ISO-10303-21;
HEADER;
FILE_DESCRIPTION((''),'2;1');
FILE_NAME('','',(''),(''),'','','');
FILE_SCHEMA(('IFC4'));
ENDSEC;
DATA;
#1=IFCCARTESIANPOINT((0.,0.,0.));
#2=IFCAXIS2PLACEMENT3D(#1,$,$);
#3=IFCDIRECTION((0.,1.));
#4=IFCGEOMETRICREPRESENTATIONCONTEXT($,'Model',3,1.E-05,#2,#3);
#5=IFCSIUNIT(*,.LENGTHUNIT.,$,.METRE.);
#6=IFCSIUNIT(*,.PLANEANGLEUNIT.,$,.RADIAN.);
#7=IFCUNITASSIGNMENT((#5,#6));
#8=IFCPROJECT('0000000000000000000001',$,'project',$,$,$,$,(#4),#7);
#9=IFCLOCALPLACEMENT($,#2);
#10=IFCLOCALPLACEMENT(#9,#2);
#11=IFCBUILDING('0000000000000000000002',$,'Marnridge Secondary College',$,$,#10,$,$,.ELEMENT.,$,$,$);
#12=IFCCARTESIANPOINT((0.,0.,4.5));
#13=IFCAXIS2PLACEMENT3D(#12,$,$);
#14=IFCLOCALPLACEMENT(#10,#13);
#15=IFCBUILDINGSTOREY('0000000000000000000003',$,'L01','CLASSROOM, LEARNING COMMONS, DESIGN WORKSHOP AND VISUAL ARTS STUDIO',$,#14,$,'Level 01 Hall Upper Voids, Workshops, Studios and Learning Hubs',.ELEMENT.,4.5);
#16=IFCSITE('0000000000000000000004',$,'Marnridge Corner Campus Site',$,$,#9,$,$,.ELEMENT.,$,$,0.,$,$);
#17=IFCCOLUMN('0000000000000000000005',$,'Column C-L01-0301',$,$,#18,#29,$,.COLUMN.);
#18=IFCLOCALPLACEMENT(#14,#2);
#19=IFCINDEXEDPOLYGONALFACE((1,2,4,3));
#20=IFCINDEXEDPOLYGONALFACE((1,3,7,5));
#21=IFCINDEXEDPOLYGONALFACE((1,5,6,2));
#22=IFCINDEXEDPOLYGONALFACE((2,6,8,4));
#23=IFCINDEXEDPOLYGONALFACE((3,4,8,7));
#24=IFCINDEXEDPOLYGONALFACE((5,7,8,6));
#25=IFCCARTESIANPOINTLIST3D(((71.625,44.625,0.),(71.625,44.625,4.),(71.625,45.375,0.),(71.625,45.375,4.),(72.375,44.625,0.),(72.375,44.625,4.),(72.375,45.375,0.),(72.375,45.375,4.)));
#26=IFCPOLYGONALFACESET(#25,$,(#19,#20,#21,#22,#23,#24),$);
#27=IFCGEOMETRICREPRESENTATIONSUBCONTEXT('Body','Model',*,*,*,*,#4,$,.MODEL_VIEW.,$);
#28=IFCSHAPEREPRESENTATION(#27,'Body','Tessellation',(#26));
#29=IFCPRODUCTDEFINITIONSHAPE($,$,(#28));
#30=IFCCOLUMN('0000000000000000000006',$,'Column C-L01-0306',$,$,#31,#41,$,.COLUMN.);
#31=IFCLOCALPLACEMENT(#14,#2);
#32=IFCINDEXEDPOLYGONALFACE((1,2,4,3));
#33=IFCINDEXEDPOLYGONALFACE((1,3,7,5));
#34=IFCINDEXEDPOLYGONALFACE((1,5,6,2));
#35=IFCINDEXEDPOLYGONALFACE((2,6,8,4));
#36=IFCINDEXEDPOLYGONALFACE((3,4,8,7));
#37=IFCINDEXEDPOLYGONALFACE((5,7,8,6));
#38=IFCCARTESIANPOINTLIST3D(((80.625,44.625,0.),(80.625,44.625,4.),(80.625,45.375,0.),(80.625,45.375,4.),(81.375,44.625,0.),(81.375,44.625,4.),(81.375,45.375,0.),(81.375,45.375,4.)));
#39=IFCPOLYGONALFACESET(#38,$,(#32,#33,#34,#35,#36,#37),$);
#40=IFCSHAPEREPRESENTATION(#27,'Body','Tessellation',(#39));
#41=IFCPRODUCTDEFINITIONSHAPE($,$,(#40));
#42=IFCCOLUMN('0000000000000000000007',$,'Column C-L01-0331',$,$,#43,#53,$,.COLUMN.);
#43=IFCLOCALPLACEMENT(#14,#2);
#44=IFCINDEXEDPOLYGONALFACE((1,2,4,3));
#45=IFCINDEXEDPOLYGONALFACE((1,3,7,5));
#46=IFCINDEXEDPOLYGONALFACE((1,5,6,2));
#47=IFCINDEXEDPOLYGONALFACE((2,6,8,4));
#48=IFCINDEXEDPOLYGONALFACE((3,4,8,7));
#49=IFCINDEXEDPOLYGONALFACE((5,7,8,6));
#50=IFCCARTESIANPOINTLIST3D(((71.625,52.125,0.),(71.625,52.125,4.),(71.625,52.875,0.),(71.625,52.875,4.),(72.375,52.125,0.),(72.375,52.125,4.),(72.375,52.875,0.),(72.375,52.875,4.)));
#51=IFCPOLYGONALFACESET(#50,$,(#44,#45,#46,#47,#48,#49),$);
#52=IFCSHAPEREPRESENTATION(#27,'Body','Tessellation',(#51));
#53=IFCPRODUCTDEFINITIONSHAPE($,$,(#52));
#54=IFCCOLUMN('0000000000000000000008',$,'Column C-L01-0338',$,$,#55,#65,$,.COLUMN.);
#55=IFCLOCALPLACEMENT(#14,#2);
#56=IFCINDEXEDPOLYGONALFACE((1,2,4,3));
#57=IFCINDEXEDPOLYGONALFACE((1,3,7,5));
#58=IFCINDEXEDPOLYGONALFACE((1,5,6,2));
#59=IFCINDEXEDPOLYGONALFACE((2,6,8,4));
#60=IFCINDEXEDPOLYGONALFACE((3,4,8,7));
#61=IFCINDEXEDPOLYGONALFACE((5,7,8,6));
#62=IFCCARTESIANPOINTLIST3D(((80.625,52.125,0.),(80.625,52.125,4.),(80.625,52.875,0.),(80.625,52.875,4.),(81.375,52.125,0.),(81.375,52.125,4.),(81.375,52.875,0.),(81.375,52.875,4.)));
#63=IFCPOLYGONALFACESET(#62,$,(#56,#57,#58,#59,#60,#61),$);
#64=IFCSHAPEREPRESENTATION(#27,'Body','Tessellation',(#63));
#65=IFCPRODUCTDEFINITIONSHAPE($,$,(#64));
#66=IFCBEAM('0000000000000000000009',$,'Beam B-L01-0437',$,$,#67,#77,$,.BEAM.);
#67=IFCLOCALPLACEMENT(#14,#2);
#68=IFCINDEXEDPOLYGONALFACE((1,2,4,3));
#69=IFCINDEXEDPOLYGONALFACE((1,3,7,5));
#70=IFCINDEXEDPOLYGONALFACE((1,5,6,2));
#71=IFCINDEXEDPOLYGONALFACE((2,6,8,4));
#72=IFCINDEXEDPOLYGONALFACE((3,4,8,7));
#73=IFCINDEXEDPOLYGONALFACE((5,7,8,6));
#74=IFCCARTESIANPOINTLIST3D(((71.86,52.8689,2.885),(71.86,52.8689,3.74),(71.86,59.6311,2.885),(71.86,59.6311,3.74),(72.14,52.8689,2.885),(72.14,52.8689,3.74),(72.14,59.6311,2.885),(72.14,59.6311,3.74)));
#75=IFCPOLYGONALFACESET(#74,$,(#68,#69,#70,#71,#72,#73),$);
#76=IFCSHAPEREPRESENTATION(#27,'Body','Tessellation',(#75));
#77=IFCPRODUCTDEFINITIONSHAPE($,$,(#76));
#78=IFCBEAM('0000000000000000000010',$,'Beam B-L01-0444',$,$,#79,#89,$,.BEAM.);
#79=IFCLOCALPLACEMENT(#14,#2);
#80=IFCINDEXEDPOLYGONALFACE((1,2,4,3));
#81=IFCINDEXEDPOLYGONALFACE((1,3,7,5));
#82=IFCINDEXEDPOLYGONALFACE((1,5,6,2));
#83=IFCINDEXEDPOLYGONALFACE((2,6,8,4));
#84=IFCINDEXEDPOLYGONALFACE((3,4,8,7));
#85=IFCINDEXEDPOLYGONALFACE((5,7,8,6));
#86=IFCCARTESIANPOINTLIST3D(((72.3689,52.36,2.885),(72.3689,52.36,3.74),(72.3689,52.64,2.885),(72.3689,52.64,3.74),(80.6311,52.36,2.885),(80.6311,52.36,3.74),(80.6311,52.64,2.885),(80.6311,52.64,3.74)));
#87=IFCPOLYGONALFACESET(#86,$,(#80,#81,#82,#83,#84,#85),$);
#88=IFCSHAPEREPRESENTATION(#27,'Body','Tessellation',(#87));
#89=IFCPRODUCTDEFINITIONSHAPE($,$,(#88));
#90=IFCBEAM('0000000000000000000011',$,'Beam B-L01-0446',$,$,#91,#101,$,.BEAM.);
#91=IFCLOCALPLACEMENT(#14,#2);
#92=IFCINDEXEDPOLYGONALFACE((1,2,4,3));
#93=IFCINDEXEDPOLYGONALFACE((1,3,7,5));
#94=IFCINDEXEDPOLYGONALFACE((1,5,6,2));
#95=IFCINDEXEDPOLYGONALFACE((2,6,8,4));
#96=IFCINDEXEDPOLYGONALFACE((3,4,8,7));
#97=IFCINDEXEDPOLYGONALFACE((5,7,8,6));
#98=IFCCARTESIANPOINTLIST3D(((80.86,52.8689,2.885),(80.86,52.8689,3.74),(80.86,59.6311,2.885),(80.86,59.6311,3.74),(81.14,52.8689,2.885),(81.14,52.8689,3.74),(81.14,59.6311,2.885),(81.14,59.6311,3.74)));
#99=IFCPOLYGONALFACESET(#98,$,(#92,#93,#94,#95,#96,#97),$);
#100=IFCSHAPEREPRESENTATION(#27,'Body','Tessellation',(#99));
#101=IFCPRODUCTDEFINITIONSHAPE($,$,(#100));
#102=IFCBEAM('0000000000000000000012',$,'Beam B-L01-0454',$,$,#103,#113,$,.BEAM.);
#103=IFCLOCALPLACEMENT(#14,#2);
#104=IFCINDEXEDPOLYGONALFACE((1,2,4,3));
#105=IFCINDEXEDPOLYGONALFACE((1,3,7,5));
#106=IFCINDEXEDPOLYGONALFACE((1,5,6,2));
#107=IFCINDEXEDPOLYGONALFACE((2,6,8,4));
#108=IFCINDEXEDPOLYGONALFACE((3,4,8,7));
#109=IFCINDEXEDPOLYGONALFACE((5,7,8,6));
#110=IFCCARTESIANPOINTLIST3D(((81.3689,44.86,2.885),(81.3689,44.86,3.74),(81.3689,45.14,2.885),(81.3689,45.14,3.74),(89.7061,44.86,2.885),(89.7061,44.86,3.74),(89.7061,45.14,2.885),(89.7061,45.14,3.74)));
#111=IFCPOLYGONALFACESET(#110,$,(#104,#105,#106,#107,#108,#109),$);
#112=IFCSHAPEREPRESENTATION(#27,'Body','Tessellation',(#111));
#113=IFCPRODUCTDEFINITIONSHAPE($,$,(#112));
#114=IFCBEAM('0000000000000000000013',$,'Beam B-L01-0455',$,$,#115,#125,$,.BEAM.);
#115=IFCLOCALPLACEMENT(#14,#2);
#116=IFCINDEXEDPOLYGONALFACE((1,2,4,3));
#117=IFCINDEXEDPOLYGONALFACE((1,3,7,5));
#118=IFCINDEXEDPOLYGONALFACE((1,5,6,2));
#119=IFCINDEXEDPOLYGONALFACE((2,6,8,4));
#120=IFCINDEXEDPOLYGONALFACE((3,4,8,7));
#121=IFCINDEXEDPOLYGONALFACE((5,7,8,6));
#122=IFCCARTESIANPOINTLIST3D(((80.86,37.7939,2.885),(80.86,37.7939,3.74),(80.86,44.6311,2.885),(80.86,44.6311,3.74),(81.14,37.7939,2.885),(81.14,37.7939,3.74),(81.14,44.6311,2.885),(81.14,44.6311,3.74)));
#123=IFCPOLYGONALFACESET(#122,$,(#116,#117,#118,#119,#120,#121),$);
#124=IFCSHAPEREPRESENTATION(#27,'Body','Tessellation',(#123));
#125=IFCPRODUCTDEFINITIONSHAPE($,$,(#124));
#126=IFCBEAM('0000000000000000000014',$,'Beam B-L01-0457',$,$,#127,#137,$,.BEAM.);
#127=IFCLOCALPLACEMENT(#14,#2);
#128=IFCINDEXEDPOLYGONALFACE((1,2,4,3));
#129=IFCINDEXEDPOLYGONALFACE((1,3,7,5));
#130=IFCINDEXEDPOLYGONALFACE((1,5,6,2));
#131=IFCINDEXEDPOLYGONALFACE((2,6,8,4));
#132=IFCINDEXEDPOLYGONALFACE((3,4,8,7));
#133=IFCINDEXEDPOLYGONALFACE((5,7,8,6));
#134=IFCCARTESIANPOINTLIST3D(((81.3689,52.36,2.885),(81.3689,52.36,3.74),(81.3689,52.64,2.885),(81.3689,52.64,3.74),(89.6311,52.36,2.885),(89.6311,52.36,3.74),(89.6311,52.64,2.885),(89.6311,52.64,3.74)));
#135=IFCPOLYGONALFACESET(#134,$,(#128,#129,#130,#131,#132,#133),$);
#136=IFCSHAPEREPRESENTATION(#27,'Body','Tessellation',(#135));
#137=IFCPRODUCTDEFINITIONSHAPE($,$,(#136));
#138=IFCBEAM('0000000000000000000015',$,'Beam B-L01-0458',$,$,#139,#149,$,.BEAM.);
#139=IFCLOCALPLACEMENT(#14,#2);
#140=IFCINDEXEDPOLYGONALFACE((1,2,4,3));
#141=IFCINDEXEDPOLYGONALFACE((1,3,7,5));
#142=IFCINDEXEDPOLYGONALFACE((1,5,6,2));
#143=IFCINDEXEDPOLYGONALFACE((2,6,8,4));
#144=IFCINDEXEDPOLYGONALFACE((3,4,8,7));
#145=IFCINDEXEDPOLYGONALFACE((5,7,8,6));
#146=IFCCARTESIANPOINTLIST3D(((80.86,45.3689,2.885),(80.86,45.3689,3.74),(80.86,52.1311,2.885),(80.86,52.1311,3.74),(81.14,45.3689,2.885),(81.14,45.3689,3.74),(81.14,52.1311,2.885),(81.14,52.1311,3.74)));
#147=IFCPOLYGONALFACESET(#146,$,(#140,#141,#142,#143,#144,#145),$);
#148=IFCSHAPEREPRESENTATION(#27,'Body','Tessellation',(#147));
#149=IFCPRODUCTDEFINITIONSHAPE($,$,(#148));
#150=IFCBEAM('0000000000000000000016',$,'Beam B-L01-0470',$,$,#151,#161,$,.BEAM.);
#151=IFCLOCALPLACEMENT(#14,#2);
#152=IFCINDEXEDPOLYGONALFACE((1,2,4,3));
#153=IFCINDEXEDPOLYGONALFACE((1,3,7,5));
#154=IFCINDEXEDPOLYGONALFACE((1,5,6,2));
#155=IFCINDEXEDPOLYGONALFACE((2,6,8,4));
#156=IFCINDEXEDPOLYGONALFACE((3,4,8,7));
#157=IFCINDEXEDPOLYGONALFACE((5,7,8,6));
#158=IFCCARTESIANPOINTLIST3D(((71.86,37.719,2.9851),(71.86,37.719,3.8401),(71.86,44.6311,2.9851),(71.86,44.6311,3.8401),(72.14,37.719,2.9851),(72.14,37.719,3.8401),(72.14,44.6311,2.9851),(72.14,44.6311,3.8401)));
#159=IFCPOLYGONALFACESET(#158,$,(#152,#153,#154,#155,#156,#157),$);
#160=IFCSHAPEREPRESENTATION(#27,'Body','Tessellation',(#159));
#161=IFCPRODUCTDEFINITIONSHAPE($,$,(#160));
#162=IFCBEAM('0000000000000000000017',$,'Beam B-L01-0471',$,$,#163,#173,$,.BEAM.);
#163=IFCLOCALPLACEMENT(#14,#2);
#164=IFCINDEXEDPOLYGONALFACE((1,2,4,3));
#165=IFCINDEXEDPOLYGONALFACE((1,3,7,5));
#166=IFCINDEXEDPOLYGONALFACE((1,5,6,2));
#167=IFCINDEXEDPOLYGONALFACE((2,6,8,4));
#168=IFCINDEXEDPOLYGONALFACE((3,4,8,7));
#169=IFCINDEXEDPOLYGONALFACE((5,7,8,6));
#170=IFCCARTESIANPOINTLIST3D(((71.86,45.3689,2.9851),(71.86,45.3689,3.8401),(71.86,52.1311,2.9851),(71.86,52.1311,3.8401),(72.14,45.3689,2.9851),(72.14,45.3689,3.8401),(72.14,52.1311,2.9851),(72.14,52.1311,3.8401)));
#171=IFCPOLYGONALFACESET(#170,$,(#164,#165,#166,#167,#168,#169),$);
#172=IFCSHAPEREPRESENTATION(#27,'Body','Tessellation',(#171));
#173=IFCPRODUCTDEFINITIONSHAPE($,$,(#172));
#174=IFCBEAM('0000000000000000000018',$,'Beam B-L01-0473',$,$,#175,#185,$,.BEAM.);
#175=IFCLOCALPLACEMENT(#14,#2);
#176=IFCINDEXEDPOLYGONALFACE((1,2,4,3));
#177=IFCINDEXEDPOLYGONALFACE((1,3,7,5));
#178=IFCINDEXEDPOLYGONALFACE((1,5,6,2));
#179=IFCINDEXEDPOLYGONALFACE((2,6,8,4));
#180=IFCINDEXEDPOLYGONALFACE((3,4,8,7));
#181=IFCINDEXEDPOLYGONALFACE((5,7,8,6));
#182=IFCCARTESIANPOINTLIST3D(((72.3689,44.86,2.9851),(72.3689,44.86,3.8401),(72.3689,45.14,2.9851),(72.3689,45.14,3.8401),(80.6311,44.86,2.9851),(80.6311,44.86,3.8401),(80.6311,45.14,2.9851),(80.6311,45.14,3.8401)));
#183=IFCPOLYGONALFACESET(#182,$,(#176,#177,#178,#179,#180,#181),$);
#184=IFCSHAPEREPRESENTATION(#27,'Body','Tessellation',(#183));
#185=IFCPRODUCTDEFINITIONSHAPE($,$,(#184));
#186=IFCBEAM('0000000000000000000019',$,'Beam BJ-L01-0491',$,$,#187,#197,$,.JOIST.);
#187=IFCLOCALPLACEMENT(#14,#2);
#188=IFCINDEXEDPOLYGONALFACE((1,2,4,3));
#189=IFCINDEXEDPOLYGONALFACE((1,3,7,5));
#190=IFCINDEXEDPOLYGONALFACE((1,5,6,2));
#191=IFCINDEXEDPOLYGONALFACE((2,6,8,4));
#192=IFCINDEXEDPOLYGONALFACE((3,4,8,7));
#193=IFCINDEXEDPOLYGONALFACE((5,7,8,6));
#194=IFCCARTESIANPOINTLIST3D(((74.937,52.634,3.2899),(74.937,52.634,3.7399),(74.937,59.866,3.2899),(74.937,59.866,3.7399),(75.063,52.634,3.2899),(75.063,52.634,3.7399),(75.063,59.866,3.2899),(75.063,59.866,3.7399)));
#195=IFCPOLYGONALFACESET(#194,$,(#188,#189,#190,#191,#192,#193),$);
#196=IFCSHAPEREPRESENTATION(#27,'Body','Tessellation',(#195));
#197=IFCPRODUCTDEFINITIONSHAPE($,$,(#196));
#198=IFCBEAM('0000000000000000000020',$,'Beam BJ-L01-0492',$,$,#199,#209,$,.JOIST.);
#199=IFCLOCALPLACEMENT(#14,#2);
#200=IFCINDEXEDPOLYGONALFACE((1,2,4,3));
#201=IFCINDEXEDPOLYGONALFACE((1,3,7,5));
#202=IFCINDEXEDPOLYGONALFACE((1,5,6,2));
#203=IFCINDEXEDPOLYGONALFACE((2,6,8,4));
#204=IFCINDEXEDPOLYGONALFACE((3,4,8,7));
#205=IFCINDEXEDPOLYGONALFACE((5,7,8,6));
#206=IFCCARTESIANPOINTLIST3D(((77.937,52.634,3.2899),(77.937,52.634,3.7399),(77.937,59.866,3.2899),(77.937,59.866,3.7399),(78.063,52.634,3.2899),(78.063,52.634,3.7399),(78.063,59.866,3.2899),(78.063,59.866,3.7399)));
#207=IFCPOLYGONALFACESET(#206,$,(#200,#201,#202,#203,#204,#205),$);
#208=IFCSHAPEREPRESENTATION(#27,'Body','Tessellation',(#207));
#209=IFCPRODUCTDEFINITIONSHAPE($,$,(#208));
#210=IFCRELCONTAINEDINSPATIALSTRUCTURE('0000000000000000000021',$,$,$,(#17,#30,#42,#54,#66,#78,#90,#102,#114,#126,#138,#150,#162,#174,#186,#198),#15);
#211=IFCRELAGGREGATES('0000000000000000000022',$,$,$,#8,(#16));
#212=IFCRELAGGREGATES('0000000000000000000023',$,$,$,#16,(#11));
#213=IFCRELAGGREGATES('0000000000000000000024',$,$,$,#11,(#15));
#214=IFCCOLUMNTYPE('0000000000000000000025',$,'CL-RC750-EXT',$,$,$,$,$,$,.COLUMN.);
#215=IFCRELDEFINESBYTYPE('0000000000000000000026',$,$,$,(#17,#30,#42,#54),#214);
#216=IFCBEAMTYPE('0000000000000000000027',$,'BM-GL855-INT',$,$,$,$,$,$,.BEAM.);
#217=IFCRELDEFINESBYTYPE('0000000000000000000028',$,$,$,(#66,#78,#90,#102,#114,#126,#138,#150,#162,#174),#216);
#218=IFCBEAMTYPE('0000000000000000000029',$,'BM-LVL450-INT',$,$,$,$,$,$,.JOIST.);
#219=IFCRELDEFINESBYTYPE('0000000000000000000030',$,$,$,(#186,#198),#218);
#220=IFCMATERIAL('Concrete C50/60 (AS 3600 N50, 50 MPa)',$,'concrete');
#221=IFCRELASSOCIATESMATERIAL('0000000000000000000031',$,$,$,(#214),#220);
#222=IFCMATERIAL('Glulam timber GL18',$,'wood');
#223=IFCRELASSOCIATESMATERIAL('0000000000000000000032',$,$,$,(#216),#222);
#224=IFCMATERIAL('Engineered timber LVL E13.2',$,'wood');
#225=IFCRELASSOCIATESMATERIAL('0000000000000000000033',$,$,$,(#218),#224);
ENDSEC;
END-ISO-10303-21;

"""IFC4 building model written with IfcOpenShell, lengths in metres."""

from ifc_helpers import new_model, si_unit, direction, frame, origin, origin_2d, place, context, subcontext, project, spatial, rectangle, extrude, material, material_profile, profile_set, type_object, element, save


model = new_model("IFC4")

# Units and contexts
model_context = context("Model", 3, precision=1e-05, world=origin(), true_north=direction((0.0, 1.0)))
body_context = subcontext(model_context, "Body", "Model", "MODEL_VIEW")
ifc_project = project(units=[si_unit("LENGTHUNIT", "METRE"), si_unit("PLANEANGLEUNIT", "RADIAN")], contexts=[model_context])

# Site, building, storey
site_placement = place(None, origin())
site = spatial("IfcSite", under=ifc_project, at=site_placement, Name="Marnridge Corner Campus Site", CompositionType="ELEMENT", RefElevation=0.0)
building_placement = place(site_placement, origin())
building = spatial("IfcBuilding", under=site, at=building_placement, Name="Marnridge Secondary College", CompositionType="ELEMENT")
storey_placement = place(building_placement, frame((0.0, 0.0, 4.5)))
storey = spatial("IfcBuildingStorey", under=building, at=storey_placement, Name="L01", Description="CLASSROOM, LEARNING COMMONS, DESIGN WORKSHOP AND VISUAL ARTS STUDIO", LongName="Level 01 Hall Upper Voids, Workshops, Studios and Learning Hubs", CompositionType="ELEMENT", Elevation=4.5)

# Columns
ifc_material_1 = material(Name="Concrete C50/60 (AS 3600 N50, 50 MPa)", Category="concrete")
ifc_material_profile_1 = material_profile(ifc_material_1, rectangle(XDim=0.75, YDim=0.75, at=origin_2d()), Name="RC 750x750")
ifc_profile_set_1 = profile_set([ifc_material_profile_1], Name="Concrete C50/60 (AS 3600 N50, 50 MPa)")
column_type = type_object("IfcColumnType", Name="CL-RC750-EXT", PredefinedType="COLUMN", material=ifc_profile_set_1)
for number, where, z_axis, x_axis, name in (
    (1, (72.0, 45.0, 0.0), (0.0, 0.0, 1.0), (1.0, 0.0, 0.0), "Column C-L01-0301"),
    (2, (81.0, 45.0, 0.0), (0.0, 0.0, 1.0), (1.0, 0.0, 0.0), "Column C-L01-0306"),
    (3, (72.0, 52.5, 0.0), (0.0, 0.0, 1.0), (1.0, 0.0, 0.0), "Column C-L01-0331"),
    (4, (81.0, 52.5, 0.0), (0.0, 0.0, 1.0), (1.0, 0.0, 0.0), "Column C-L01-0338"),
):
    element("IfcColumn", number, at=place(storey_placement, frame(where, z_axis=z_axis, x_axis=x_axis)), inside=storey, type_object=column_type, Name=name, PredefinedType="COLUMN", context=body_context, shape_type="SweptSolid", body=[
        extrude(rectangle(XDim=0.75, YDim=0.75, at=origin_2d()), origin(), (0.0, 0.0, 1.0), 4.0),
    ])

# Beams
ifc_material_2 = material(Name="Glulam timber GL18", Category="wood")
ifc_material_profile_2 = material_profile(ifc_material_2, rectangle(XDim=0.28, YDim=0.855, at=origin_2d()), Name="GL18 280x855")
ifc_profile_set_2 = profile_set([ifc_material_profile_2], Name="Glulam timber GL18")
beam_type_1 = type_object("IfcBeamType", Name="BM-GL855-INT", PredefinedType="BEAM", material=ifc_profile_set_2)
beam_1_placement = place(storey_placement, frame((72.0, 52.8689, 3.3125), z_axis=(0.0, 1.0, 0.0), x_axis=(-1.0, 0.0, 0.0)))
element("IfcBeam", 5, at=beam_1_placement, inside=storey, type_object=beam_type_1, Name="Beam B-L01-0437", PredefinedType="BEAM", context=body_context, shape_type="SweptSolid", body=[
    extrude(rectangle(XDim=0.28, YDim=0.855, at=origin_2d()), origin(), (0.0, 0.0, 1.0), 6.7622),
])
beam_2_placement = place(storey_placement, frame((72.3689, 52.5, 3.3125), z_axis=(1.0, 0.0, 0.0), x_axis=(0.0, 1.0, 0.0)))
element("IfcBeam", 6, at=beam_2_placement, inside=storey, type_object=beam_type_1, Name="Beam B-L01-0444", PredefinedType="BEAM", context=body_context, shape_type="SweptSolid", body=[
    extrude(rectangle(XDim=0.28, YDim=0.855, at=origin_2d()), origin(), (0.0, 0.0, 1.0), 8.2622),
])
beam_3_placement = place(storey_placement, frame((81.0, 52.8689, 3.3125), z_axis=(0.0, 1.0, 0.0), x_axis=(-1.0, 0.0, 0.0)))
element("IfcBeam", 7, at=beam_3_placement, inside=storey, type_object=beam_type_1, Name="Beam B-L01-0446", PredefinedType="BEAM", context=body_context, shape_type="SweptSolid", body=[
    extrude(rectangle(XDim=0.28, YDim=0.855, at=origin_2d()), origin(), (0.0, 0.0, 1.0), 6.7622),
])
beam_4_placement = place(storey_placement, frame((81.3689, 45.0, 3.3125), z_axis=(1.0, 0.0, 0.0), x_axis=(0.0, 1.0, 0.0)))
element("IfcBeam", 8, at=beam_4_placement, inside=storey, type_object=beam_type_1, Name="Beam B-L01-0454", PredefinedType="BEAM", context=body_context, shape_type="SweptSolid", body=[
    extrude(rectangle(XDim=0.28, YDim=0.855, at=origin_2d()), origin(), (0.0, 0.0, 1.0), 8.3372),
])
beam_5_placement = place(storey_placement, frame((81.0, 37.7939, 3.3125), z_axis=(0.0, 1.0, 0.0), x_axis=(-1.0, 0.0, 0.0)))
element("IfcBeam", 9, at=beam_5_placement, inside=storey, type_object=beam_type_1, Name="Beam B-L01-0455", PredefinedType="BEAM", context=body_context, shape_type="SweptSolid", body=[
    extrude(rectangle(XDim=0.28, YDim=0.855, at=origin_2d()), origin(), (0.0, 0.0, 1.0), 6.8372),
])
beam_6_placement = place(storey_placement, frame((81.3689, 52.5, 3.3125), z_axis=(1.0, 0.0, 0.0), x_axis=(0.0, 1.0, 0.0)))
element("IfcBeam", 10, at=beam_6_placement, inside=storey, type_object=beam_type_1, Name="Beam B-L01-0457", PredefinedType="BEAM", context=body_context, shape_type="SweptSolid", body=[
    extrude(rectangle(XDim=0.28, YDim=0.855, at=origin_2d()), origin(), (0.0, 0.0, 1.0), 8.2622),
])
beam_7_placement = place(storey_placement, frame((81.0, 45.3689, 3.3125), z_axis=(0.0, 1.0, 0.0), x_axis=(-1.0, 0.0, 0.0)))
element("IfcBeam", 11, at=beam_7_placement, inside=storey, type_object=beam_type_1, Name="Beam B-L01-0458", PredefinedType="BEAM", context=body_context, shape_type="SweptSolid", body=[
    extrude(rectangle(XDim=0.28, YDim=0.855, at=origin_2d()), origin(), (0.0, 0.0, 1.0), 6.7622),
])
beam_8_placement = place(storey_placement, frame((72.0, 37.719, 3.4126), z_axis=(0.0, 1.0, 0.0), x_axis=(-1.0, 0.0, 0.0)))
element("IfcBeam", 12, at=beam_8_placement, inside=storey, type_object=beam_type_1, Name="Beam B-L01-0470", PredefinedType="BEAM", context=body_context, shape_type="SweptSolid", body=[
    extrude(rectangle(XDim=0.28, YDim=0.855, at=origin_2d()), origin(), (0.0, 0.0, 1.0), 6.9121),
])
beam_9_placement = place(storey_placement, frame((72.0, 45.3689, 3.4126), z_axis=(0.0, 1.0, 0.0), x_axis=(-1.0, 0.0, 0.0)))
element("IfcBeam", 13, at=beam_9_placement, inside=storey, type_object=beam_type_1, Name="Beam B-L01-0471", PredefinedType="BEAM", context=body_context, shape_type="SweptSolid", body=[
    extrude(rectangle(XDim=0.28, YDim=0.855, at=origin_2d()), origin(), (0.0, 0.0, 1.0), 6.7622),
])
beam_10_placement = place(storey_placement, frame((72.3689, 45.0, 3.4126), z_axis=(1.0, 0.0, 0.0), x_axis=(0.0, 1.0, 0.0)))
element("IfcBeam", 14, at=beam_10_placement, inside=storey, type_object=beam_type_1, Name="Beam B-L01-0473", PredefinedType="BEAM", context=body_context, shape_type="SweptSolid", body=[
    extrude(rectangle(XDim=0.28, YDim=0.855, at=origin_2d()), origin(), (0.0, 0.0, 1.0), 8.2622),
])
ifc_material_3 = material(Name="Engineered timber LVL E13.2", Category="wood")
ifc_material_profile_3 = material_profile(ifc_material_3, rectangle(XDim=0.126, YDim=0.45, at=origin_2d()), Name="LVL 126x450")
ifc_profile_set_3 = profile_set([ifc_material_profile_3], Name="Engineered timber LVL E13.2")
beam_type_2 = type_object("IfcBeamType", Name="BM-LVL450-INT", PredefinedType="JOIST", material=ifc_profile_set_3)
for number, where, z_axis, x_axis, name in (
    (15, (75.0, 52.634, 3.5149), (0.0, 1.0, 0.0), (-1.0, 0.0, 0.0), "Beam BJ-L01-0491"),
    (16, (78.0, 52.634, 3.5149), (0.0, 1.0, 0.0), (-1.0, 0.0, 0.0), "Beam BJ-L01-0492"),
):
    element("IfcBeam", number, at=place(storey_placement, frame(where, z_axis=z_axis, x_axis=x_axis)), inside=storey, type_object=beam_type_2, Name=name, PredefinedType="JOIST", context=body_context, shape_type="SweptSolid", body=[
        extrude(rectangle(XDim=0.126, YDim=0.45, at=origin_2d()), origin(), (0.0, 0.0, 1.0), 7.2319),
    ])

save(model, "model.ifc")
